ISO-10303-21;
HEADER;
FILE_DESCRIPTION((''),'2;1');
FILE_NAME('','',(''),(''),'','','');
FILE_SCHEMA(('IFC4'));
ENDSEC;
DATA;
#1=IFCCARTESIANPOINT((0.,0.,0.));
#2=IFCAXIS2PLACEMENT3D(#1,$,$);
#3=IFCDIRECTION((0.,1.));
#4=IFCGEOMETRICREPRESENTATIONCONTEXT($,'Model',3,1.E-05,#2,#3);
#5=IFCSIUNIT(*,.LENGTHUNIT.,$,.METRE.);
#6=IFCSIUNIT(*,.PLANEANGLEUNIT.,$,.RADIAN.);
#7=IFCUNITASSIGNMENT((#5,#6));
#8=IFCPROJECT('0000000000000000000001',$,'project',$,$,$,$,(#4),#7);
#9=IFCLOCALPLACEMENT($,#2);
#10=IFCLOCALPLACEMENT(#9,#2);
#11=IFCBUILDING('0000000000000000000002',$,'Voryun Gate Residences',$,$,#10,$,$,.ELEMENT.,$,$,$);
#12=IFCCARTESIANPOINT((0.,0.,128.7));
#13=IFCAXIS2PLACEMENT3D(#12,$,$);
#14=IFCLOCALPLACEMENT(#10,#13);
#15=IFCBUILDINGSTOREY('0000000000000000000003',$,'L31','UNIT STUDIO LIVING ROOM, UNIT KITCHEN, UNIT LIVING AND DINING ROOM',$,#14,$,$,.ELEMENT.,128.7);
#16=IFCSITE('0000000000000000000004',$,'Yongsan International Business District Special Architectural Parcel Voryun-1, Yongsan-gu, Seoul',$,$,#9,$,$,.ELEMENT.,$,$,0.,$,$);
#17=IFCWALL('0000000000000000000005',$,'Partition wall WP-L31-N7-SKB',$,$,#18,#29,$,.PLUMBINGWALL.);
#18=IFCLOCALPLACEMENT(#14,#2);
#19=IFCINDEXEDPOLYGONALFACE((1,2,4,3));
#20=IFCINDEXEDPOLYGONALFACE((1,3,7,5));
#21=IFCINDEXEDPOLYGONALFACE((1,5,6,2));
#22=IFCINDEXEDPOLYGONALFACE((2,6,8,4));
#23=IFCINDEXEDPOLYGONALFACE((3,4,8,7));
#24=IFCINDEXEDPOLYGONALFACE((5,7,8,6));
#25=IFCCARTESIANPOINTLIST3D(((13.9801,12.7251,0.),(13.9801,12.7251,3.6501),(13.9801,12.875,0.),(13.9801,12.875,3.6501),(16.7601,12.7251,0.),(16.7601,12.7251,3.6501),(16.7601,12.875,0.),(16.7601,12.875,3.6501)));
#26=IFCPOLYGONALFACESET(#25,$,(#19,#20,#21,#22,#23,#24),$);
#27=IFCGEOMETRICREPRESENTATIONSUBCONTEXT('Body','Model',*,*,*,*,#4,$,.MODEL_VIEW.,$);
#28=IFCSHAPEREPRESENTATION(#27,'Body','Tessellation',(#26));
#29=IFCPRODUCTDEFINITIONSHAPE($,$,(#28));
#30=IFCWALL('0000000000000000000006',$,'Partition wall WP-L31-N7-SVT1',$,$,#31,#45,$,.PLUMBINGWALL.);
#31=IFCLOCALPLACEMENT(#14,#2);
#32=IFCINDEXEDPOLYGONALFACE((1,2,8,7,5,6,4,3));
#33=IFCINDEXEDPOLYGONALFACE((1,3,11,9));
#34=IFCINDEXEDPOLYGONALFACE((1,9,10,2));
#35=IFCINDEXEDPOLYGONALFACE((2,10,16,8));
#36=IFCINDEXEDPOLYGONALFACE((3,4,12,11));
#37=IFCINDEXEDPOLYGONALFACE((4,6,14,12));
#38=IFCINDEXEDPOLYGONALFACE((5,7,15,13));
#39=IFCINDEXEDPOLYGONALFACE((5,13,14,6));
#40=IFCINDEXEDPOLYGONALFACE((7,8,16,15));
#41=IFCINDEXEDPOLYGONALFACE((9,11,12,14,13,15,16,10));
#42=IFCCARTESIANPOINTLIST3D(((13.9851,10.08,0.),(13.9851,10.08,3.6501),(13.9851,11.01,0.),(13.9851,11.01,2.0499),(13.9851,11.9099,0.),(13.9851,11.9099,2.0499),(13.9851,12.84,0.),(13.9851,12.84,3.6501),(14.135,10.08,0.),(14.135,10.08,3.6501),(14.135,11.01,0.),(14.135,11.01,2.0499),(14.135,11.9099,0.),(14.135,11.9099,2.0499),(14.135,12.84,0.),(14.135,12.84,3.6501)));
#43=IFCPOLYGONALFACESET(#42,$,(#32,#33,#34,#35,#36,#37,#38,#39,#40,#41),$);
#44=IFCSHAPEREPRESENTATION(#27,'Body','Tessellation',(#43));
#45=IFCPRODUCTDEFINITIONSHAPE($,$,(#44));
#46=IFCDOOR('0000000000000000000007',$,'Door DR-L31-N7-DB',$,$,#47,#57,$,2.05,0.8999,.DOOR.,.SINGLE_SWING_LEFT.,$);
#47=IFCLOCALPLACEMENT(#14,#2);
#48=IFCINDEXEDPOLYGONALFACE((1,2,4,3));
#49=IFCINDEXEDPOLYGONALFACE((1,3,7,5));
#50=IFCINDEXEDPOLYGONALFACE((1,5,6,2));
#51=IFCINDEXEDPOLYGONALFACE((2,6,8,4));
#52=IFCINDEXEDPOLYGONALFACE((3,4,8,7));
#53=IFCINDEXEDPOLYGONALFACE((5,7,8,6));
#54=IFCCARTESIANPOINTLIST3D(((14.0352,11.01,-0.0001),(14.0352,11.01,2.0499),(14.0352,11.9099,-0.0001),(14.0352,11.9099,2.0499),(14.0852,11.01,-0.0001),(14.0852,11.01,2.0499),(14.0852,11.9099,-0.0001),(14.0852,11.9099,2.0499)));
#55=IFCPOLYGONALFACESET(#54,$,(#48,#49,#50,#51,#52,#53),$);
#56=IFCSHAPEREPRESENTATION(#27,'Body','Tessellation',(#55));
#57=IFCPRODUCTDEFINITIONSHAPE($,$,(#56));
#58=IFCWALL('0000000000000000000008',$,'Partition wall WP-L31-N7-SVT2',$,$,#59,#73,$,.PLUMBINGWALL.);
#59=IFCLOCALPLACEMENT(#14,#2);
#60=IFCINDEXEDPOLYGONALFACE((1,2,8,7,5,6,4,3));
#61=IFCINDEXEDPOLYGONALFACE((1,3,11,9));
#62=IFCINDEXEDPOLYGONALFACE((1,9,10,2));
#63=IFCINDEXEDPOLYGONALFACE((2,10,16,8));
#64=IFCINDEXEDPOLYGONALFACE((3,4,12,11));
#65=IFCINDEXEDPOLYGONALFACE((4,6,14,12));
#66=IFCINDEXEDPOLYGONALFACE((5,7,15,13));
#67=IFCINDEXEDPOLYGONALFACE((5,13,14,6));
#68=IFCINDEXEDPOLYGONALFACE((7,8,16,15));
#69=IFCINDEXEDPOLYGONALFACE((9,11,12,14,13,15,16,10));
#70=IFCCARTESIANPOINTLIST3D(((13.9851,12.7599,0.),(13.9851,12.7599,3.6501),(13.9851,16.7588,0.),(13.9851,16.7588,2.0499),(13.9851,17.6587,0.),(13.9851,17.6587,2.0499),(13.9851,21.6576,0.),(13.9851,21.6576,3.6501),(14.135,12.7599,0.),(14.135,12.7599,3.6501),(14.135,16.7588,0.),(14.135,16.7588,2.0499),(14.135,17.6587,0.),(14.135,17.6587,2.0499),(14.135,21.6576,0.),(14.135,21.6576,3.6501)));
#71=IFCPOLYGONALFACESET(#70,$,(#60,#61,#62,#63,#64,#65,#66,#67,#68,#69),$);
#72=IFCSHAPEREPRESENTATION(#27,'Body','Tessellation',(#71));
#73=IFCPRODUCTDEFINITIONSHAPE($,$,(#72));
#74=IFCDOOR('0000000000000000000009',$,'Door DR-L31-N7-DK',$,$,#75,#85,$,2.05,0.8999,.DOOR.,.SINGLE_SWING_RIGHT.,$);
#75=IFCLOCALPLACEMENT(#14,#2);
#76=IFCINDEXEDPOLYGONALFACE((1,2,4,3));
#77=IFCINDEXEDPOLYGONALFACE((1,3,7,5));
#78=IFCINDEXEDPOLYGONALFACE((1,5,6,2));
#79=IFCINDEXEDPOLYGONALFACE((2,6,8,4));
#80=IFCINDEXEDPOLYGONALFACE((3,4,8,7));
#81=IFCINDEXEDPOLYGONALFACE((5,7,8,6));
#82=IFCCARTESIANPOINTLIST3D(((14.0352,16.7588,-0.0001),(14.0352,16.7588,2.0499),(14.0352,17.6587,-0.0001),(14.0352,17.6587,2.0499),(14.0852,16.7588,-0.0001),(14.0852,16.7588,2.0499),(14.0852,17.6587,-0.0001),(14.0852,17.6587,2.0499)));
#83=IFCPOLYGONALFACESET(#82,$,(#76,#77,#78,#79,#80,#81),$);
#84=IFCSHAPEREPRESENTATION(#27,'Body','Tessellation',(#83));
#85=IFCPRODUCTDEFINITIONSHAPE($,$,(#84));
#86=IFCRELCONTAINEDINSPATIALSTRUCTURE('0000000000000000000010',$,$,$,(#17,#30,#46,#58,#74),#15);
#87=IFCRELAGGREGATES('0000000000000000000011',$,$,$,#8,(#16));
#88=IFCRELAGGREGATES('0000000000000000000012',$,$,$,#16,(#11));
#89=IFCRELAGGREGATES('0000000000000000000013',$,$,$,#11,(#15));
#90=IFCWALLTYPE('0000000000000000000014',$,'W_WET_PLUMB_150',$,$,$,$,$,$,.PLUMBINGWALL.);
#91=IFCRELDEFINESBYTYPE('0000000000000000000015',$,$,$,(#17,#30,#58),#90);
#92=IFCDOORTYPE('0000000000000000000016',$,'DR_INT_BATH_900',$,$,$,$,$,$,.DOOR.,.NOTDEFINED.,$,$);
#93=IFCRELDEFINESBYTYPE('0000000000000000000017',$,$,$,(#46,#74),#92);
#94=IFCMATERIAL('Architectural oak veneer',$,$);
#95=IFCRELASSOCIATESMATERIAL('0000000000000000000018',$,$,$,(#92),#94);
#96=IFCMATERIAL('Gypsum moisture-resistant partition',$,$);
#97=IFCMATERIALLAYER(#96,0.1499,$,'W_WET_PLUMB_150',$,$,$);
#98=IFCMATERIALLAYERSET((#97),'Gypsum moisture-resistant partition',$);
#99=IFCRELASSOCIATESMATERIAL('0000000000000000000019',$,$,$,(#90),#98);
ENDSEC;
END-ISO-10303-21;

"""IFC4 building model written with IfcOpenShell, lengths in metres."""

from ifc_helpers import new_model, si_unit, direction, frame, frame_2d, origin, place, context, subcontext, project, spatial, rectangle, extrude, material, layer, layer_set, type_object, element, fill, save


model = new_model("IFC4")

# Units and contexts
model_context = context("Model", 3, precision=1e-05, world=origin(), true_north=direction((0.0, 1.0)))
body_context = subcontext(model_context, "Body", "Model", "MODEL_VIEW")
ifc_project = project(units=[si_unit("LENGTHUNIT", "METRE"), si_unit("PLANEANGLEUNIT", "RADIAN")], contexts=[model_context])

# Site, building, storey
site_placement = place(None, origin())
site = spatial("IfcSite", under=ifc_project, at=site_placement, Name="Yongsan International Business District Special Architectural Parcel Voryun-1, Yongsan-gu, Seoul", CompositionType="ELEMENT", RefElevation=0.0)
building_placement = place(site_placement, origin())
building = spatial("IfcBuilding", under=site, at=building_placement, Name="Voryun Gate Residences", CompositionType="ELEMENT")
storey_placement = place(building_placement, frame((0.0, 0.0, 128.7)))
storey = spatial("IfcBuildingStorey", under=building, at=storey_placement, Name="L31", Description="UNIT STUDIO LIVING ROOM, UNIT KITCHEN, UNIT LIVING AND DINING ROOM", CompositionType="ELEMENT", Elevation=128.7)

# Shared definitions
ifc_material_1 = material(Name="Architectural oak veneer")
door_type_1 = type_object("IfcDoorType", Name="DR_INT_BATH_900", OperationType="NOTDEFINED", PredefinedType="DOOR", material=ifc_material_1)

# Shared definitions
ifc_material_2 = material(Name="Gypsum moisture-resistant partition")
ifc_layer_1 = layer(ifc_material_2, 0.1499, Name="W_WET_PLUMB_150")
ifc_layer_set_1 = layer_set([ifc_layer_1], Name="Gypsum moisture-resistant partition")
wall_type_1 = type_object("IfcWallType", Name="W_WET_PLUMB_150", PredefinedType="PLUMBINGWALL", material=ifc_layer_set_1)

# Wall
wall_1_placement = place(storey_placement, frame((13.98, 12.8, 0.0), z_axis=(0.0, 0.0, 1.0), x_axis=(1.0, 0.0, 0.0)))
element("IfcWall", 1, at=wall_1_placement, inside=storey, type_object=wall_type_1, Name="Partition wall WP-L31-N7-SKB", PredefinedType="PLUMBINGWALL", context=body_context, shape_type="SweptSolid", body=[
    extrude(rectangle(XDim=2.78, YDim=0.1499, at=frame_2d((1.3901, 0.0))), origin(), (0.0, 0.0, 1.0), 3.6501),
])

# Walls, openings, doors
wall_2_placement = place(storey_placement, frame((14.0601, 10.0801, 0.0), z_axis=(0.0, 0.0, 1.0), x_axis=(0.0, 1.0, 0.0)))
wall_2 = element("IfcWall", 2, at=wall_2_placement, inside=storey, type_object=wall_type_1, Name="Partition wall WP-L31-N7-SVT1", PredefinedType="PLUMBINGWALL", context=body_context, shape_type="SweptSolid", body=[
    extrude(rectangle(XDim=2.76, YDim=0.1499, at=frame_2d((1.3799, 0.0))), origin(), (0.0, 0.0, 1.0), 3.6501),
])
opening_1_placement = place(wall_2_placement, frame((0.9299, 0.0, 0.0)))
opening_1 = element("IfcOpeningElement", 3, at=opening_1_placement, cuts=wall_2, PredefinedType="OPENING", context=body_context, shape_type="SweptSolid", body=[
    extrude(rectangle(XDim=0.8999, YDim=2.05, at=frame_2d((0.45, 1.0249))), frame((0.0, 0.085, 0.0), z_axis=(0.0, -1.0, 0.0), x_axis=(1.0, 0.0, 0.0)), (0.0, 0.0, 1.0), 0.1699),
])
door_1_placement = place(opening_1_placement, origin())
door_1 = element("IfcDoor", 4, at=door_1_placement, inside=storey, type_object=door_type_1, Name="Door DR-L31-N7-DB", OperationType="SINGLE_SWING_LEFT", OverallHeight=2.05, OverallWidth=0.8999, PredefinedType="DOOR", context=body_context, shape_type="SweptSolid", body=[
    extrude(rectangle(XDim=0.8999, YDim=2.05, at=frame_2d((0.45, 1.0249))), frame((0.0, 0.0249, 0.0), z_axis=(0.0, -1.0, 0.0), x_axis=(1.0, 0.0, 0.0)), (0.0, 0.0, 1.0), 0.05),
])
fill(opening_1, door_1)
wall_3_placement = place(storey_placement, frame((14.0601, 12.76, 0.0), z_axis=(0.0, 0.0, 1.0), x_axis=(0.0, 1.0, 0.0)))
wall_3 = element("IfcWall", 5, at=wall_3_placement, inside=storey, type_object=wall_type_1, Name="Partition wall WP-L31-N7-SVT2", PredefinedType="PLUMBINGWALL", context=body_context, shape_type="SweptSolid", body=[
    extrude(rectangle(XDim=8.8977, YDim=0.1499, at=frame_2d((4.4487, 0.0))), origin(), (0.0, 0.0, 1.0), 3.6501),
])
opening_2_placement = place(wall_3_placement, frame((3.9988, 0.0, 0.0)))
opening_2 = element("IfcOpeningElement", 6, at=opening_2_placement, cuts=wall_3, PredefinedType="OPENING", context=body_context, shape_type="SweptSolid", body=[
    extrude(rectangle(XDim=0.8999, YDim=2.05, at=frame_2d((0.45, 1.0249))), frame((0.0, 0.085, 0.0), z_axis=(0.0, -1.0, 0.0), x_axis=(1.0, 0.0, 0.0)), (0.0, 0.0, 1.0), 0.1699),
])
door_2_placement = place(opening_2_placement, origin())
door_2 = element("IfcDoor", 7, at=door_2_placement, inside=storey, type_object=door_type_1, Name="Door DR-L31-N7-DK", OperationType="SINGLE_SWING_RIGHT", OverallHeight=2.05, OverallWidth=0.8999, PredefinedType="DOOR", context=body_context, shape_type="SweptSolid", body=[
    extrude(rectangle(XDim=0.8999, YDim=2.05, at=frame_2d((0.45, 1.0249))), frame((0.0, 0.0249, 0.0), z_axis=(0.0, -1.0, 0.0), x_axis=(1.0, 0.0, 0.0)), (0.0, 0.0, 1.0), 0.05),
])
fill(opening_2, door_2)

save(model, "model.ifc")
